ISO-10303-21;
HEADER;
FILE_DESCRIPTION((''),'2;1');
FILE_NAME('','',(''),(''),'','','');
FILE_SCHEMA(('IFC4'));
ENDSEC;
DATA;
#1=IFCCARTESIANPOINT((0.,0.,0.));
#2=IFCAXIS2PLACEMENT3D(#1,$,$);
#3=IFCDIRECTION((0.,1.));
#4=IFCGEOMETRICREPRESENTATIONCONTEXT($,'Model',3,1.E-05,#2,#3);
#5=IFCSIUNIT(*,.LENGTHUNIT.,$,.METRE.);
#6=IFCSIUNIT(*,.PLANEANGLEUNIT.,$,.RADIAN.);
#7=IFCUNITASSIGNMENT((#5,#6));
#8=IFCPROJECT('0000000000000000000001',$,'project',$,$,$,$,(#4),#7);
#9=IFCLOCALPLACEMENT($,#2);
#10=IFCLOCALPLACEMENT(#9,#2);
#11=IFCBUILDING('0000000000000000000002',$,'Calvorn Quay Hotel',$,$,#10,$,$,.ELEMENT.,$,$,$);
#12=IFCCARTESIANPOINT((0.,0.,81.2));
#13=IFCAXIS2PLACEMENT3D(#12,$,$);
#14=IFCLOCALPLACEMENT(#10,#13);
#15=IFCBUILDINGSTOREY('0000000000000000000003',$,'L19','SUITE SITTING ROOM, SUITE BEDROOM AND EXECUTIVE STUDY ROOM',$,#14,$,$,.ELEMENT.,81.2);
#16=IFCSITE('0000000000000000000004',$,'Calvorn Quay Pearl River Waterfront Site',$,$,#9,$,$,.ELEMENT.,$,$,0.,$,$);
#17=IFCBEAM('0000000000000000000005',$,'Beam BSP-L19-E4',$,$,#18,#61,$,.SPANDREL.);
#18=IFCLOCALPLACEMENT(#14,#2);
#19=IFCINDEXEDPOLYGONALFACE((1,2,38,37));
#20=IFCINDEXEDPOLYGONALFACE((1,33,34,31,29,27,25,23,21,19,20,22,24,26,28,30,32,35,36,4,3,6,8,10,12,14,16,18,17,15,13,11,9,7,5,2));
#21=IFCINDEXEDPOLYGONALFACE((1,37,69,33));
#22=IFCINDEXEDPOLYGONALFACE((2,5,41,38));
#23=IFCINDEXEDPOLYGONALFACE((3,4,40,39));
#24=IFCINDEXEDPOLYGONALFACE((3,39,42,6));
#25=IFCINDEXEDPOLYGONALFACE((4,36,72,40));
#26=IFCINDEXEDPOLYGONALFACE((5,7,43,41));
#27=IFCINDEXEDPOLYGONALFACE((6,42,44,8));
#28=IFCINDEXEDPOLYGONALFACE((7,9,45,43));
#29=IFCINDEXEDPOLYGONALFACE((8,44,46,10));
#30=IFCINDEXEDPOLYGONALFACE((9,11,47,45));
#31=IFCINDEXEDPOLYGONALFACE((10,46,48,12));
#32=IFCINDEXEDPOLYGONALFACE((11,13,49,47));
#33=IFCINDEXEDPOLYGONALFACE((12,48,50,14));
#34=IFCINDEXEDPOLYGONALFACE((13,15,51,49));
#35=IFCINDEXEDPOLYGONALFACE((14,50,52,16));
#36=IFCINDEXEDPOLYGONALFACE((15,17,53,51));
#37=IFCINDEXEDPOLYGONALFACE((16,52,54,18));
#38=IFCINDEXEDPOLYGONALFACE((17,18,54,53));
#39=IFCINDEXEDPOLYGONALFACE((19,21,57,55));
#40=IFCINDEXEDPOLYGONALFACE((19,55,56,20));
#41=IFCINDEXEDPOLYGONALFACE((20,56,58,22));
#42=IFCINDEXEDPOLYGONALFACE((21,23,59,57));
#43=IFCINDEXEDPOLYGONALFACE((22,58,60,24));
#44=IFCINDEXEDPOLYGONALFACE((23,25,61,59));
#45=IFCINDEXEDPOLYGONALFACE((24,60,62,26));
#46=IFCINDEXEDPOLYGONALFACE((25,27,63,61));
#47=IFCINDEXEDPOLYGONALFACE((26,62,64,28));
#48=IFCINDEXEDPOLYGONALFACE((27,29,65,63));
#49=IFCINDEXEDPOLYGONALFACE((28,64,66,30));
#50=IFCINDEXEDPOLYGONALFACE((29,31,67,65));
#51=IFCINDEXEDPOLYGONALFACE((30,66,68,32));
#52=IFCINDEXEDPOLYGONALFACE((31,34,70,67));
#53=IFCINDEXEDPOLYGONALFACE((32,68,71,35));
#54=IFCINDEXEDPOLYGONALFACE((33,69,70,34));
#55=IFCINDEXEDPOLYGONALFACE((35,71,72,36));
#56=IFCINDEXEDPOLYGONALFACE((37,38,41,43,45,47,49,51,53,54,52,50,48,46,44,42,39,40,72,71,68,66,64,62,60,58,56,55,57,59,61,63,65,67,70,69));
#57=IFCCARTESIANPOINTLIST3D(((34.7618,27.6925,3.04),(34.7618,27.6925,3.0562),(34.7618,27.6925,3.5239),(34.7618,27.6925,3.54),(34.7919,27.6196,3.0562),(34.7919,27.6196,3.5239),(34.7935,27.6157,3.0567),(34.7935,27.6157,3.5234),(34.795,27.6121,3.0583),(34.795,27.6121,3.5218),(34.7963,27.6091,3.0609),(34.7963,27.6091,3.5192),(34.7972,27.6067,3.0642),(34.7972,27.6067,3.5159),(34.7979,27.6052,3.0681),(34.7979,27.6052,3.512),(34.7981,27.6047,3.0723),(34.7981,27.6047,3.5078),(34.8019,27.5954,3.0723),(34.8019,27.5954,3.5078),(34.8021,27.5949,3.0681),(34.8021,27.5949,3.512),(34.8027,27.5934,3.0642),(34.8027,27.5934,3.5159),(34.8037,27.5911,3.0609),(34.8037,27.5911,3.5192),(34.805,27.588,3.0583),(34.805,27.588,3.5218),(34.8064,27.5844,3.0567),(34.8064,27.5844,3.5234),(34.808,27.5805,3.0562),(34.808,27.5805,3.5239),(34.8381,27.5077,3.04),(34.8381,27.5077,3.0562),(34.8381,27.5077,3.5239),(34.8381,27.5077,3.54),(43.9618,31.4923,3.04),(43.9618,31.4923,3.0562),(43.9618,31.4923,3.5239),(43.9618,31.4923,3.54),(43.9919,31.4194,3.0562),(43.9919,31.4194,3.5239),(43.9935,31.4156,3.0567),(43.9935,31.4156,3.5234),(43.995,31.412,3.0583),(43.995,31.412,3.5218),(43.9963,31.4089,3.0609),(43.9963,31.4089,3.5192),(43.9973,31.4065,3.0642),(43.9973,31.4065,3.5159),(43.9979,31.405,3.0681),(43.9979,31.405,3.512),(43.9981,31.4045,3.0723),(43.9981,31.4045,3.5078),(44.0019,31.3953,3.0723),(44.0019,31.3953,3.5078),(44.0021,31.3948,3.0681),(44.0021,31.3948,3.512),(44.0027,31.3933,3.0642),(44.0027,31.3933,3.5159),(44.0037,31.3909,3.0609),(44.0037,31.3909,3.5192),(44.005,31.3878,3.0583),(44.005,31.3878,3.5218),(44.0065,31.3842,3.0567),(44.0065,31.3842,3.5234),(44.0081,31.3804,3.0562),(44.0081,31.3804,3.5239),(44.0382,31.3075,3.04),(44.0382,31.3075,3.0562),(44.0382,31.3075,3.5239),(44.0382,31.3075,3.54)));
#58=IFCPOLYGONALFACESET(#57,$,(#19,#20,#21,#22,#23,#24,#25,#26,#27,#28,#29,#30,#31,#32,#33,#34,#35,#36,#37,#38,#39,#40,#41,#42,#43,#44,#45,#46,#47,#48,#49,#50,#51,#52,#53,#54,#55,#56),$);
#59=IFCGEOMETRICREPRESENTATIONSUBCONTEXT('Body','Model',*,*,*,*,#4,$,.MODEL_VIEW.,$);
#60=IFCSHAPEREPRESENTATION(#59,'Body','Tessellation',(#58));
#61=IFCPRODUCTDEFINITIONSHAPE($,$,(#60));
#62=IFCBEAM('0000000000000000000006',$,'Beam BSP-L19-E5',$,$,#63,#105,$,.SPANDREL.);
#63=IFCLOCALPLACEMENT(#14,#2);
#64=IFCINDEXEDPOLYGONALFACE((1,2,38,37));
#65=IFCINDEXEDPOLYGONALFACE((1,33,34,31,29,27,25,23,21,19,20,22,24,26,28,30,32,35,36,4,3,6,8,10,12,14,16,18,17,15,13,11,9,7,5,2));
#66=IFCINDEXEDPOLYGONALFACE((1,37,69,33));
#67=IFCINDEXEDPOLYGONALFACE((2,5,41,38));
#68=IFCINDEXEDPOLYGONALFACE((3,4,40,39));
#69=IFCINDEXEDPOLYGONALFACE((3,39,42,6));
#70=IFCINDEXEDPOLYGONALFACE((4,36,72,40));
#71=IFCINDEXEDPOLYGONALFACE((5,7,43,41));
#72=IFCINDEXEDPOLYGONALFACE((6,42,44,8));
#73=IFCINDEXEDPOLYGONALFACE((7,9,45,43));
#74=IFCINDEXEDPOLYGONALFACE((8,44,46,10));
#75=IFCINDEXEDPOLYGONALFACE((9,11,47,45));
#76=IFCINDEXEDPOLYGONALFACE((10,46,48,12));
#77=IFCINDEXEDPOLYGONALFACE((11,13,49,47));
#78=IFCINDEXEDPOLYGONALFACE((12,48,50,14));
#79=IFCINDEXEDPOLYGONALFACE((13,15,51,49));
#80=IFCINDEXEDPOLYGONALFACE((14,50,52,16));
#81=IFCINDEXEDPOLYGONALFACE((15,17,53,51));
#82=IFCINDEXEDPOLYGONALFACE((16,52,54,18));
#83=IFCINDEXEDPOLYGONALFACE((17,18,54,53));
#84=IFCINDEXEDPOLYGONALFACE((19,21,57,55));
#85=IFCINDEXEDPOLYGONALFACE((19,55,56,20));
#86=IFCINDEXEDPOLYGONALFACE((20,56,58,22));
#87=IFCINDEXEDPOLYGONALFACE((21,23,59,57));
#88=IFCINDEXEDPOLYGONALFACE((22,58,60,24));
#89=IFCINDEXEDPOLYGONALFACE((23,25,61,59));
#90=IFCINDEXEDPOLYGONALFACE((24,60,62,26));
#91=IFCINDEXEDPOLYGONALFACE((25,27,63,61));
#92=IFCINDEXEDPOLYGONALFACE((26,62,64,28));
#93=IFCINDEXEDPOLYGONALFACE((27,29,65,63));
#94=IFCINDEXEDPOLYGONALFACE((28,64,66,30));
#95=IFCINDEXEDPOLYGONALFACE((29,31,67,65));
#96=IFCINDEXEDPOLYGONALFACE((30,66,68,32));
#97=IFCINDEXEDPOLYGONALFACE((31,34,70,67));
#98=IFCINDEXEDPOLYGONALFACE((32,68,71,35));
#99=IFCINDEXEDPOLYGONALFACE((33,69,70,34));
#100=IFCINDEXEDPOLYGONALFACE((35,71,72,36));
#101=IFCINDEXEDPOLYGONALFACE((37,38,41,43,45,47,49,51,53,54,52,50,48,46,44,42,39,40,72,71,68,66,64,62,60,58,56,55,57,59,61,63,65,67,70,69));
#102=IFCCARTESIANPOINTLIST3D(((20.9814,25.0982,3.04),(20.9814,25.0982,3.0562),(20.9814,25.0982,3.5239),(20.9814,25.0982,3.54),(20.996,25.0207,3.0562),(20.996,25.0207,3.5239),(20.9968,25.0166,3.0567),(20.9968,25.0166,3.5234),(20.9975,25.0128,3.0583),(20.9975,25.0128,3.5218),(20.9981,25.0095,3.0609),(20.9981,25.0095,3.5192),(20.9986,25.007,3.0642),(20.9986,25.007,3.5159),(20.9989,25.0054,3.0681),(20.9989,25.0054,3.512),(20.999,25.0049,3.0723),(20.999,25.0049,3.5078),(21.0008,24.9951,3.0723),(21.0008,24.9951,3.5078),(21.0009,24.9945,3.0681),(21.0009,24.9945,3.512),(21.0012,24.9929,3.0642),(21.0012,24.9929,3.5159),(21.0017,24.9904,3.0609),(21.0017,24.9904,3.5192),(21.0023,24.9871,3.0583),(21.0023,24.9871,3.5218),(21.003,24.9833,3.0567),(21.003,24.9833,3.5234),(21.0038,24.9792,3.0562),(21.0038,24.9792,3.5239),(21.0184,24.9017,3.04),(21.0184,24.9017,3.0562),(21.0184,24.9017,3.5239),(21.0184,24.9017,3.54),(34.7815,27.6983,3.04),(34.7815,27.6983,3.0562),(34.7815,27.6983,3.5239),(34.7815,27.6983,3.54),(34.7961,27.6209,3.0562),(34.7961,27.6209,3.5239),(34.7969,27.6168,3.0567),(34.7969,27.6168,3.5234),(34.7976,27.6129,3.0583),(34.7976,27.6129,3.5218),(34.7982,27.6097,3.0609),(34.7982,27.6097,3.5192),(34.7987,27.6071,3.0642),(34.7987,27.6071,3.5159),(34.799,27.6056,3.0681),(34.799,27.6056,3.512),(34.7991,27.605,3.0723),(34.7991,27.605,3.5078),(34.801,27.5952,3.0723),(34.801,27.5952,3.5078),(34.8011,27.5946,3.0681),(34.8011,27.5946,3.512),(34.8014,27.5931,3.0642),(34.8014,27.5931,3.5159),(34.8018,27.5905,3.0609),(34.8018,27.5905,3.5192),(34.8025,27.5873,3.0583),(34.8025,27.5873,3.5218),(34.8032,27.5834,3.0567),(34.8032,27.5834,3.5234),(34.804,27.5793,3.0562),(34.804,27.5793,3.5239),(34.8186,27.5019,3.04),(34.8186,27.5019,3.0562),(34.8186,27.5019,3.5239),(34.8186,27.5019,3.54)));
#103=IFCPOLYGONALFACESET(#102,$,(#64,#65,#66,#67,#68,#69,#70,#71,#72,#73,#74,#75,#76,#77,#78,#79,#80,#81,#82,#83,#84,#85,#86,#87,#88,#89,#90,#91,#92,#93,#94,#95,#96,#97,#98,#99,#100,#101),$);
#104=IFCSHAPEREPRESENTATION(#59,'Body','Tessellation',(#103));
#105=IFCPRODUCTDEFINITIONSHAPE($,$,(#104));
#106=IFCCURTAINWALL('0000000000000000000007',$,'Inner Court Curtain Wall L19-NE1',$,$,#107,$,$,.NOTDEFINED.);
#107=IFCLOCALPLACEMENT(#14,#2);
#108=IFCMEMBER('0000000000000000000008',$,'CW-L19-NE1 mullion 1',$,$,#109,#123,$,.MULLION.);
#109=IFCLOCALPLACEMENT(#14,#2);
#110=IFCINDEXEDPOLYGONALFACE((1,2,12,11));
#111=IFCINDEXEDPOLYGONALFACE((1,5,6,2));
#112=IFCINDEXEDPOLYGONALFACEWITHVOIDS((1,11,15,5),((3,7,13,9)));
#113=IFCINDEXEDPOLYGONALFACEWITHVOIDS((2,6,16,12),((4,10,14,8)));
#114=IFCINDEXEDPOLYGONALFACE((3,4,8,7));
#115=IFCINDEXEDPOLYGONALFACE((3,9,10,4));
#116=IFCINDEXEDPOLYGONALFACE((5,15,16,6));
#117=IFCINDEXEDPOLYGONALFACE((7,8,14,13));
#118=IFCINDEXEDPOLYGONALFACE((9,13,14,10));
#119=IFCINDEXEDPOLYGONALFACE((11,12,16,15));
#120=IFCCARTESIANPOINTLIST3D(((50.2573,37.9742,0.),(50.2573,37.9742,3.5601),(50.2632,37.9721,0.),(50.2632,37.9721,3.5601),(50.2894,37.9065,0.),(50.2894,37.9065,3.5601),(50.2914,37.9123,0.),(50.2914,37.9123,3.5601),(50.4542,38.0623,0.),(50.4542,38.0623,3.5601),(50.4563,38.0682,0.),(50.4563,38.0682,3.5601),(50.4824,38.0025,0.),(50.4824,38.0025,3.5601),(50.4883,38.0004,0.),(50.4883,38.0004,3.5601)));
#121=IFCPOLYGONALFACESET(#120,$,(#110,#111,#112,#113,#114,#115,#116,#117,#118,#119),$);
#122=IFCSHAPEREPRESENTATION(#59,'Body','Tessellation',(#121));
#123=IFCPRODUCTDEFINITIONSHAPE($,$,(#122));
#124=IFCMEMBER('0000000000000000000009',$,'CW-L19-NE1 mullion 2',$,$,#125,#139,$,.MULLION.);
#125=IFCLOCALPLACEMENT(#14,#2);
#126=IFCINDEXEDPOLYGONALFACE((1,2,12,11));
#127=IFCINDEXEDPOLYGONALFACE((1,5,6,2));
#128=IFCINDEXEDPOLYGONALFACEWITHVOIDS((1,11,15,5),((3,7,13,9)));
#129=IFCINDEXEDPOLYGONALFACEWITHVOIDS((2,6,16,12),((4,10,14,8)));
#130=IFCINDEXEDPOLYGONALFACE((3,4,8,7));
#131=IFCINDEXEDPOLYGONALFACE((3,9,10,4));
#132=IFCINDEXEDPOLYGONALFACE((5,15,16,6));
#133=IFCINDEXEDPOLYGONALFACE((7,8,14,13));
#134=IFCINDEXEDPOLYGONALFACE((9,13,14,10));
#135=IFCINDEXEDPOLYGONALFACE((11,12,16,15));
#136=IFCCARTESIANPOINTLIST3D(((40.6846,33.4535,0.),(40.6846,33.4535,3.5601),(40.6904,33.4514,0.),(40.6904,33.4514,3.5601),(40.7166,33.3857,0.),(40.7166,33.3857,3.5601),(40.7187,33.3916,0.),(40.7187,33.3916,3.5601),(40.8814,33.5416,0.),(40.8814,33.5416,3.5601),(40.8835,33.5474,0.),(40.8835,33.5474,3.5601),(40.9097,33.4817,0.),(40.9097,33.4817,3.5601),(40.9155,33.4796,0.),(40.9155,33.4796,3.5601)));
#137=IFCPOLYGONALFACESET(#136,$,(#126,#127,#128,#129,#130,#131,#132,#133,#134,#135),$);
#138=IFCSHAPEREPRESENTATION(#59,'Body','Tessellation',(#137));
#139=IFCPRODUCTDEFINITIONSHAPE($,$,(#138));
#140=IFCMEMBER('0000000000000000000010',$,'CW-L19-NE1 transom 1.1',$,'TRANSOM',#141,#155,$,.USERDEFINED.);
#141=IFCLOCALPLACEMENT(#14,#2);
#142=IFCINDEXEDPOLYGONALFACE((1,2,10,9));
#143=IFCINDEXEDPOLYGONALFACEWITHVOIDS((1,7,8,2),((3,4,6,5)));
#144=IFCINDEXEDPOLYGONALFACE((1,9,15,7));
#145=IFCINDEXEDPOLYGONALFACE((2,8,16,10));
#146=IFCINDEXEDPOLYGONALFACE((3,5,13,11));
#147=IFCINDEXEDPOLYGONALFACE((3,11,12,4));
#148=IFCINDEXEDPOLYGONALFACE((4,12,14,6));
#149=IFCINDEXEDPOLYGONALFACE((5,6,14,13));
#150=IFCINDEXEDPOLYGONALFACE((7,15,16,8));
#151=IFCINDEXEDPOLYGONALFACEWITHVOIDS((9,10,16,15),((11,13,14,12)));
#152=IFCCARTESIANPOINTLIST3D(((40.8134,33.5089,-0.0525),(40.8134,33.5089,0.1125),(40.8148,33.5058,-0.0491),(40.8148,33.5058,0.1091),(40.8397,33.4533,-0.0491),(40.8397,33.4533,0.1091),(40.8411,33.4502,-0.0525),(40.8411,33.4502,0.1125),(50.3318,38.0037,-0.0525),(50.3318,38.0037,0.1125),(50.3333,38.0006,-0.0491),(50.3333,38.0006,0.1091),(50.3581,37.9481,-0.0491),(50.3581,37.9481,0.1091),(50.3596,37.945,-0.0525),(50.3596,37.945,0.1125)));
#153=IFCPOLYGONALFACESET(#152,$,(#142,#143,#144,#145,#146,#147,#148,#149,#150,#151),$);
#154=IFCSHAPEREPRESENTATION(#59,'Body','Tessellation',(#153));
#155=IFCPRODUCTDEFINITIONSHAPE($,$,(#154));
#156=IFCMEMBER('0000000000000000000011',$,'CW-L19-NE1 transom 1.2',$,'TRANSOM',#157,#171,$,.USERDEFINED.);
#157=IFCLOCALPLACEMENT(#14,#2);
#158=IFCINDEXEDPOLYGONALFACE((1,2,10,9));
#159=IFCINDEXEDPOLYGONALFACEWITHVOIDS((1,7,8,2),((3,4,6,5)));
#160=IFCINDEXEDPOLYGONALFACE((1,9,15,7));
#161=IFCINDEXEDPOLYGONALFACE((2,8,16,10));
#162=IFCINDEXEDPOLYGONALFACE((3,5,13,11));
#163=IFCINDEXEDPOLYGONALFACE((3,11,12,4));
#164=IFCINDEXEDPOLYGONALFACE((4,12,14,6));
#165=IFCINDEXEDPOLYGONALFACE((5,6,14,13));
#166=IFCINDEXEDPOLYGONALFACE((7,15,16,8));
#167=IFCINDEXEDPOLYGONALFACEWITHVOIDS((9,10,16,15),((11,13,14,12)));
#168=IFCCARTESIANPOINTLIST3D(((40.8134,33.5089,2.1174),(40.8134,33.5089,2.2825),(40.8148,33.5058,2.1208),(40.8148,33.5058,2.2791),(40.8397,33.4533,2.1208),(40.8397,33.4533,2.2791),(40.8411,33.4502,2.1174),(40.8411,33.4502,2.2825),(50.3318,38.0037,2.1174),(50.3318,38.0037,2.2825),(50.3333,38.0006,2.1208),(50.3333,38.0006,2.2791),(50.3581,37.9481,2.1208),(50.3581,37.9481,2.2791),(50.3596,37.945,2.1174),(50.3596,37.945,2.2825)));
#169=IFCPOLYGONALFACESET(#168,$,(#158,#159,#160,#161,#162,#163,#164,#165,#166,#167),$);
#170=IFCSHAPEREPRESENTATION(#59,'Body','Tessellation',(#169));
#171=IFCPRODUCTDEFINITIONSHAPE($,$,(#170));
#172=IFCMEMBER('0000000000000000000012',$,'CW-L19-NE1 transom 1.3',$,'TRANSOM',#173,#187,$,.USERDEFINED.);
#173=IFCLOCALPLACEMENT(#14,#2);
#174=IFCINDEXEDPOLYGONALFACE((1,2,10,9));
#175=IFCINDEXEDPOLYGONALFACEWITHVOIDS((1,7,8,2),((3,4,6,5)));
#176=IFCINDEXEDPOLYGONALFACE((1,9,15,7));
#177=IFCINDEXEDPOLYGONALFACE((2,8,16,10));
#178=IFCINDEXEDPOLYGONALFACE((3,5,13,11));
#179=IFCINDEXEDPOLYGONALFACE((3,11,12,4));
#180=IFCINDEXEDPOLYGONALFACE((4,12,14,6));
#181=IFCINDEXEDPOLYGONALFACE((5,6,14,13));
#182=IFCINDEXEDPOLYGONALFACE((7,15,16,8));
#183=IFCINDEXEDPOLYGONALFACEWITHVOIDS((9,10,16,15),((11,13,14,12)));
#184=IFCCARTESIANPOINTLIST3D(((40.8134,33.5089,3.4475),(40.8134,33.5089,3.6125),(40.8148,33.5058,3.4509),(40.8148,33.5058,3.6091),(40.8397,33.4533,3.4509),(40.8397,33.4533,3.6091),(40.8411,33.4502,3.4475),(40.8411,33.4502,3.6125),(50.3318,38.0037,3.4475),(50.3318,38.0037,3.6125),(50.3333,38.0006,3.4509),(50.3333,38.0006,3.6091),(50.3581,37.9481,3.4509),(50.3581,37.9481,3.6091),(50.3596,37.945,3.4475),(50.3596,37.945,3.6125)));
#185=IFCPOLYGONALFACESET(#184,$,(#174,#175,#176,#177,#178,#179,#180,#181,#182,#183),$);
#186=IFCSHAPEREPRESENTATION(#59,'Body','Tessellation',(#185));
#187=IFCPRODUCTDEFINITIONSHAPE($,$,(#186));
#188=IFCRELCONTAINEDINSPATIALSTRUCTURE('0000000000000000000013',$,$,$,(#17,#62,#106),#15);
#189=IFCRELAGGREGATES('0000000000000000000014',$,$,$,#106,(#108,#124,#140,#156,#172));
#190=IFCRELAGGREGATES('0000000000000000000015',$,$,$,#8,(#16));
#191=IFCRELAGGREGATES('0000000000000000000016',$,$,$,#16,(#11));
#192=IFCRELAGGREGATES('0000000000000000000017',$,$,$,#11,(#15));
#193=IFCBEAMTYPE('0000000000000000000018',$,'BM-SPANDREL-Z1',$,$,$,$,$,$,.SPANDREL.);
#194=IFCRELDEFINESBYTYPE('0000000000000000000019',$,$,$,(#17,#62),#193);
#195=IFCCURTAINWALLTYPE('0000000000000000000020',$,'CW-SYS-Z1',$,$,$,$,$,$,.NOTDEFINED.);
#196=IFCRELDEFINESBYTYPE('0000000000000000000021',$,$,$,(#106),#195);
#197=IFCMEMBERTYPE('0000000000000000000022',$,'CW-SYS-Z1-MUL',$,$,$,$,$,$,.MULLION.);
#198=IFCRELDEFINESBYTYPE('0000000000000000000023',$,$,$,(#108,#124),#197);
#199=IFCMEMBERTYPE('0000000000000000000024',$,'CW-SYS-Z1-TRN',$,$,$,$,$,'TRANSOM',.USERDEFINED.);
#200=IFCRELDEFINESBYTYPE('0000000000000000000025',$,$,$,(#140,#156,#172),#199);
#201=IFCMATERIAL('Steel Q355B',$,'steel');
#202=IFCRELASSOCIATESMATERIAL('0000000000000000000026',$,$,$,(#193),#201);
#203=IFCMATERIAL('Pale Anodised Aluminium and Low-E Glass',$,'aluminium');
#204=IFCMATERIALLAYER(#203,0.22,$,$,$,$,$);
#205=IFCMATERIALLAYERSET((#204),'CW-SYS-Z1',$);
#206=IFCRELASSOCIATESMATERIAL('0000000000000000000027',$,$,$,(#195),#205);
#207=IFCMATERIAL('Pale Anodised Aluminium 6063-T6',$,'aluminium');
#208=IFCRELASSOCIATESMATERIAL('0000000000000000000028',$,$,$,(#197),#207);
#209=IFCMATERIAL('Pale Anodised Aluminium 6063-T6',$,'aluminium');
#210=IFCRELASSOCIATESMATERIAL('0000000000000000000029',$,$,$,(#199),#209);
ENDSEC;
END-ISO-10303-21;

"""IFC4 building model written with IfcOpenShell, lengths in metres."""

from ifc_helpers import new_model, si_unit, direction, frame, origin, origin_2d, place, context, subcontext, project, spatial, hollow_rectangle, i_section, extrude, material, layer, layer_set, material_profile, profile_set, type_object, element, aggregate, save


model = new_model("IFC4")

# Units and contexts
model_context = context("Model", 3, precision=1e-05, world=origin(), true_north=direction((0.0, 1.0)))
body_context = subcontext(model_context, "Body", "Model", "MODEL_VIEW")
ifc_project = project(units=[si_unit("LENGTHUNIT", "METRE"), si_unit("PLANEANGLEUNIT", "RADIAN")], contexts=[model_context])

# Site, building, storey
site_placement = place(None, origin())
site = spatial("IfcSite", under=ifc_project, at=site_placement, Name="Calvorn Quay Pearl River Waterfront Site", CompositionType="ELEMENT", RefElevation=0.0)
building_placement = place(site_placement, origin())
building = spatial("IfcBuilding", under=site, at=building_placement, Name="Calvorn Quay Hotel", CompositionType="ELEMENT")
storey_placement = place(building_placement, frame((0.0, 0.0, 81.2)))
storey = spatial("IfcBuildingStorey", under=building, at=storey_placement, Name="L19", Description="SUITE SITTING ROOM, SUITE BEDROOM AND EXECUTIVE STUDY ROOM", CompositionType="ELEMENT", Elevation=81.2)

# Beams
ifc_material_1 = material(Name="Steel Q355B", Category="steel")
ifc_material_profile_1 = material_profile(ifc_material_1, i_section(OverallWidth=0.2, OverallDepth=0.5, WebThickness=0.01, FlangeThickness=0.0161, FilletRadius=0.0161, at=origin_2d()), Name="HN500x200x10x16")
ifc_profile_set_1 = profile_set([ifc_material_profile_1], Name="Steel Q355B")
beam_type = type_object("IfcBeamType", Name="BM-SPANDREL-Z1", PredefinedType="SPANDREL", material=ifc_profile_set_1)
beam_1_placement = place(storey_placement, frame((44.0, 31.3999, 3.29), z_axis=(-0.924268, -0.381745, 0.0), x_axis=(0.381745, -0.924268, 0.0)))
element("IfcBeam", 1, at=beam_1_placement, inside=storey, type_object=beam_type, Name="Beam BSP-L19-E4", PredefinedType="SPANDREL", context=body_context, shape_type="SweptSolid", body=[
    extrude(i_section(OverallWidth=0.2, OverallDepth=0.5, WebThickness=0.01, FlangeThickness=0.0161, FilletRadius=0.0161, at=origin_2d()), origin(), (0.0, 0.0, 1.0), 9.9539),
])
beam_2_placement = place(storey_placement, frame((34.8, 27.6001, 3.29), z_axis=(-0.982709, -0.185154, 0.0), x_axis=(0.185154, -0.982709, 0.0)))
element("IfcBeam", 2, at=beam_2_placement, inside=storey, type_object=beam_type, Name="Beam BSP-L19-E5", PredefinedType="SPANDREL", context=body_context, shape_type="SweptSolid", body=[
    extrude(i_section(OverallWidth=0.2, OverallDepth=0.5, WebThickness=0.01, FlangeThickness=0.0161, FilletRadius=0.0161, at=origin_2d()), origin(), (0.0, 0.0, 1.0), 14.043),
])

# Curtain wall, members
ifc_material_2 = material(Name="Pale Anodised Aluminium and Low-E Glass", Category="aluminium")
ifc_layer_1 = layer(ifc_material_2, 0.22)
ifc_layer_set_1 = layer_set([ifc_layer_1], Name="CW-SYS-Z1")
curtain_wall_type = type_object("IfcCurtainWallType", Name="CW-SYS-Z1", PredefinedType="NOTDEFINED", material=ifc_layer_set_1)
curtain_wall_placement = place(storey_placement, origin())
curtain_wall = element("IfcCurtainWall", 3, at=curtain_wall_placement, inside=storey, type_object=curtain_wall_type, Name="Inner Court Curtain Wall L19-NE1", PredefinedType="NOTDEFINED")
ifc_material_3 = material(Name="Pale Anodised Aluminium 6063-T6", Category="aluminium")
ifc_material_profile_2 = material_profile(ifc_material_3, hollow_rectangle(XDim=0.075, YDim=0.22, WallThickness=0.0044, at=origin_2d()), Name="ALU-M220x75x4.5")
ifc_profile_set_2 = profile_set([ifc_material_profile_2], Name="Pale Anodised Aluminium 6063-T6")
member_type_1 = type_object("IfcMemberType", Name="CW-SYS-Z1-MUL", PredefinedType="MULLION", material=ifc_profile_set_2)
member_1_placement = place(storey_placement, frame((50.3728, 37.9873, 0.0), z_axis=(0.0, 0.0, 1.0), x_axis=(0.427006, -0.904249, 0.0)))
member_1 = element("IfcMember", 4, at=member_1_placement, type_object=member_type_1, Name="CW-L19-NE1 mullion 1", PredefinedType="MULLION", context=body_context, shape_type="SweptSolid", body=[
    extrude(hollow_rectangle(XDim=0.075, YDim=0.22, WallThickness=0.0044, at=origin_2d()), origin(), (0.0, 0.0, 1.0), 3.5601),
])
member_2_placement = place(storey_placement, frame((40.8, 33.4666, 0.0), z_axis=(0.0, 0.0, 1.0), x_axis=(0.427006, -0.904249, 0.0)))
member_2 = element("IfcMember", 5, at=member_2_placement, type_object=member_type_1, Name="CW-L19-NE1 mullion 2", PredefinedType="MULLION", context=body_context, shape_type="SweptSolid", body=[
    extrude(hollow_rectangle(XDim=0.075, YDim=0.22, WallThickness=0.0044, at=origin_2d()), origin(), (0.0, 0.0, 1.0), 3.5601),
])
ifc_material_4 = material(Name="Pale Anodised Aluminium 6063-T6", Category="aluminium")
ifc_material_profile_3 = material_profile(ifc_material_4, hollow_rectangle(XDim=0.0649, YDim=0.165, WallThickness=0.0034, at=origin_2d()), Name="ALU-T165x65x3.5")
ifc_profile_set_3 = profile_set([ifc_material_profile_3], Name="Pale Anodised Aluminium 6063-T6")
member_type_2 = type_object("IfcMemberType", Name="CW-SYS-Z1-TRN", ElementType="TRANSOM", PredefinedType="USERDEFINED", material=ifc_profile_set_3)
member_3_placement = place(storey_placement, frame((50.3457, 37.9744, 0.03), z_axis=(-0.904249, -0.427006, 0.0), x_axis=(0.427006, -0.904249, 0.0)))
member_3 = element("IfcMember", 6, at=member_3_placement, type_object=member_type_2, Name="CW-L19-NE1 transom 1.1", ObjectType="TRANSOM", PredefinedType="USERDEFINED", context=body_context, shape_type="SweptSolid", body=[
    extrude(hollow_rectangle(XDim=0.0649, YDim=0.165, WallThickness=0.0034, at=origin_2d()), origin(), (0.0, 0.0, 1.0), 10.5264),
])
member_4_placement = place(storey_placement, frame((50.3457, 37.9744, 2.2), z_axis=(-0.904249, -0.427006, 0.0), x_axis=(0.427006, -0.904249, 0.0)))
member_4 = element("IfcMember", 7, at=member_4_placement, type_object=member_type_2, Name="CW-L19-NE1 transom 1.2", ObjectType="TRANSOM", PredefinedType="USERDEFINED", context=body_context, shape_type="SweptSolid", body=[
    extrude(hollow_rectangle(XDim=0.0649, YDim=0.165, WallThickness=0.0034, at=origin_2d()), origin(), (0.0, 0.0, 1.0), 10.5264),
])
member_5_placement = place(storey_placement, frame((50.3457, 37.9744, 3.53), z_axis=(-0.904249, -0.427006, 0.0), x_axis=(0.427006, -0.904249, 0.0)))
member_5 = element("IfcMember", 8, at=member_5_placement, type_object=member_type_2, Name="CW-L19-NE1 transom 1.3", ObjectType="TRANSOM", PredefinedType="USERDEFINED", context=body_context, shape_type="SweptSolid", body=[
    extrude(hollow_rectangle(XDim=0.0649, YDim=0.165, WallThickness=0.0034, at=origin_2d()), origin(), (0.0, 0.0, 1.0), 10.5264),
])
aggregate(curtain_wall, [member_1, member_2, member_3, member_4, member_5])

save(model, "model.ifc")
